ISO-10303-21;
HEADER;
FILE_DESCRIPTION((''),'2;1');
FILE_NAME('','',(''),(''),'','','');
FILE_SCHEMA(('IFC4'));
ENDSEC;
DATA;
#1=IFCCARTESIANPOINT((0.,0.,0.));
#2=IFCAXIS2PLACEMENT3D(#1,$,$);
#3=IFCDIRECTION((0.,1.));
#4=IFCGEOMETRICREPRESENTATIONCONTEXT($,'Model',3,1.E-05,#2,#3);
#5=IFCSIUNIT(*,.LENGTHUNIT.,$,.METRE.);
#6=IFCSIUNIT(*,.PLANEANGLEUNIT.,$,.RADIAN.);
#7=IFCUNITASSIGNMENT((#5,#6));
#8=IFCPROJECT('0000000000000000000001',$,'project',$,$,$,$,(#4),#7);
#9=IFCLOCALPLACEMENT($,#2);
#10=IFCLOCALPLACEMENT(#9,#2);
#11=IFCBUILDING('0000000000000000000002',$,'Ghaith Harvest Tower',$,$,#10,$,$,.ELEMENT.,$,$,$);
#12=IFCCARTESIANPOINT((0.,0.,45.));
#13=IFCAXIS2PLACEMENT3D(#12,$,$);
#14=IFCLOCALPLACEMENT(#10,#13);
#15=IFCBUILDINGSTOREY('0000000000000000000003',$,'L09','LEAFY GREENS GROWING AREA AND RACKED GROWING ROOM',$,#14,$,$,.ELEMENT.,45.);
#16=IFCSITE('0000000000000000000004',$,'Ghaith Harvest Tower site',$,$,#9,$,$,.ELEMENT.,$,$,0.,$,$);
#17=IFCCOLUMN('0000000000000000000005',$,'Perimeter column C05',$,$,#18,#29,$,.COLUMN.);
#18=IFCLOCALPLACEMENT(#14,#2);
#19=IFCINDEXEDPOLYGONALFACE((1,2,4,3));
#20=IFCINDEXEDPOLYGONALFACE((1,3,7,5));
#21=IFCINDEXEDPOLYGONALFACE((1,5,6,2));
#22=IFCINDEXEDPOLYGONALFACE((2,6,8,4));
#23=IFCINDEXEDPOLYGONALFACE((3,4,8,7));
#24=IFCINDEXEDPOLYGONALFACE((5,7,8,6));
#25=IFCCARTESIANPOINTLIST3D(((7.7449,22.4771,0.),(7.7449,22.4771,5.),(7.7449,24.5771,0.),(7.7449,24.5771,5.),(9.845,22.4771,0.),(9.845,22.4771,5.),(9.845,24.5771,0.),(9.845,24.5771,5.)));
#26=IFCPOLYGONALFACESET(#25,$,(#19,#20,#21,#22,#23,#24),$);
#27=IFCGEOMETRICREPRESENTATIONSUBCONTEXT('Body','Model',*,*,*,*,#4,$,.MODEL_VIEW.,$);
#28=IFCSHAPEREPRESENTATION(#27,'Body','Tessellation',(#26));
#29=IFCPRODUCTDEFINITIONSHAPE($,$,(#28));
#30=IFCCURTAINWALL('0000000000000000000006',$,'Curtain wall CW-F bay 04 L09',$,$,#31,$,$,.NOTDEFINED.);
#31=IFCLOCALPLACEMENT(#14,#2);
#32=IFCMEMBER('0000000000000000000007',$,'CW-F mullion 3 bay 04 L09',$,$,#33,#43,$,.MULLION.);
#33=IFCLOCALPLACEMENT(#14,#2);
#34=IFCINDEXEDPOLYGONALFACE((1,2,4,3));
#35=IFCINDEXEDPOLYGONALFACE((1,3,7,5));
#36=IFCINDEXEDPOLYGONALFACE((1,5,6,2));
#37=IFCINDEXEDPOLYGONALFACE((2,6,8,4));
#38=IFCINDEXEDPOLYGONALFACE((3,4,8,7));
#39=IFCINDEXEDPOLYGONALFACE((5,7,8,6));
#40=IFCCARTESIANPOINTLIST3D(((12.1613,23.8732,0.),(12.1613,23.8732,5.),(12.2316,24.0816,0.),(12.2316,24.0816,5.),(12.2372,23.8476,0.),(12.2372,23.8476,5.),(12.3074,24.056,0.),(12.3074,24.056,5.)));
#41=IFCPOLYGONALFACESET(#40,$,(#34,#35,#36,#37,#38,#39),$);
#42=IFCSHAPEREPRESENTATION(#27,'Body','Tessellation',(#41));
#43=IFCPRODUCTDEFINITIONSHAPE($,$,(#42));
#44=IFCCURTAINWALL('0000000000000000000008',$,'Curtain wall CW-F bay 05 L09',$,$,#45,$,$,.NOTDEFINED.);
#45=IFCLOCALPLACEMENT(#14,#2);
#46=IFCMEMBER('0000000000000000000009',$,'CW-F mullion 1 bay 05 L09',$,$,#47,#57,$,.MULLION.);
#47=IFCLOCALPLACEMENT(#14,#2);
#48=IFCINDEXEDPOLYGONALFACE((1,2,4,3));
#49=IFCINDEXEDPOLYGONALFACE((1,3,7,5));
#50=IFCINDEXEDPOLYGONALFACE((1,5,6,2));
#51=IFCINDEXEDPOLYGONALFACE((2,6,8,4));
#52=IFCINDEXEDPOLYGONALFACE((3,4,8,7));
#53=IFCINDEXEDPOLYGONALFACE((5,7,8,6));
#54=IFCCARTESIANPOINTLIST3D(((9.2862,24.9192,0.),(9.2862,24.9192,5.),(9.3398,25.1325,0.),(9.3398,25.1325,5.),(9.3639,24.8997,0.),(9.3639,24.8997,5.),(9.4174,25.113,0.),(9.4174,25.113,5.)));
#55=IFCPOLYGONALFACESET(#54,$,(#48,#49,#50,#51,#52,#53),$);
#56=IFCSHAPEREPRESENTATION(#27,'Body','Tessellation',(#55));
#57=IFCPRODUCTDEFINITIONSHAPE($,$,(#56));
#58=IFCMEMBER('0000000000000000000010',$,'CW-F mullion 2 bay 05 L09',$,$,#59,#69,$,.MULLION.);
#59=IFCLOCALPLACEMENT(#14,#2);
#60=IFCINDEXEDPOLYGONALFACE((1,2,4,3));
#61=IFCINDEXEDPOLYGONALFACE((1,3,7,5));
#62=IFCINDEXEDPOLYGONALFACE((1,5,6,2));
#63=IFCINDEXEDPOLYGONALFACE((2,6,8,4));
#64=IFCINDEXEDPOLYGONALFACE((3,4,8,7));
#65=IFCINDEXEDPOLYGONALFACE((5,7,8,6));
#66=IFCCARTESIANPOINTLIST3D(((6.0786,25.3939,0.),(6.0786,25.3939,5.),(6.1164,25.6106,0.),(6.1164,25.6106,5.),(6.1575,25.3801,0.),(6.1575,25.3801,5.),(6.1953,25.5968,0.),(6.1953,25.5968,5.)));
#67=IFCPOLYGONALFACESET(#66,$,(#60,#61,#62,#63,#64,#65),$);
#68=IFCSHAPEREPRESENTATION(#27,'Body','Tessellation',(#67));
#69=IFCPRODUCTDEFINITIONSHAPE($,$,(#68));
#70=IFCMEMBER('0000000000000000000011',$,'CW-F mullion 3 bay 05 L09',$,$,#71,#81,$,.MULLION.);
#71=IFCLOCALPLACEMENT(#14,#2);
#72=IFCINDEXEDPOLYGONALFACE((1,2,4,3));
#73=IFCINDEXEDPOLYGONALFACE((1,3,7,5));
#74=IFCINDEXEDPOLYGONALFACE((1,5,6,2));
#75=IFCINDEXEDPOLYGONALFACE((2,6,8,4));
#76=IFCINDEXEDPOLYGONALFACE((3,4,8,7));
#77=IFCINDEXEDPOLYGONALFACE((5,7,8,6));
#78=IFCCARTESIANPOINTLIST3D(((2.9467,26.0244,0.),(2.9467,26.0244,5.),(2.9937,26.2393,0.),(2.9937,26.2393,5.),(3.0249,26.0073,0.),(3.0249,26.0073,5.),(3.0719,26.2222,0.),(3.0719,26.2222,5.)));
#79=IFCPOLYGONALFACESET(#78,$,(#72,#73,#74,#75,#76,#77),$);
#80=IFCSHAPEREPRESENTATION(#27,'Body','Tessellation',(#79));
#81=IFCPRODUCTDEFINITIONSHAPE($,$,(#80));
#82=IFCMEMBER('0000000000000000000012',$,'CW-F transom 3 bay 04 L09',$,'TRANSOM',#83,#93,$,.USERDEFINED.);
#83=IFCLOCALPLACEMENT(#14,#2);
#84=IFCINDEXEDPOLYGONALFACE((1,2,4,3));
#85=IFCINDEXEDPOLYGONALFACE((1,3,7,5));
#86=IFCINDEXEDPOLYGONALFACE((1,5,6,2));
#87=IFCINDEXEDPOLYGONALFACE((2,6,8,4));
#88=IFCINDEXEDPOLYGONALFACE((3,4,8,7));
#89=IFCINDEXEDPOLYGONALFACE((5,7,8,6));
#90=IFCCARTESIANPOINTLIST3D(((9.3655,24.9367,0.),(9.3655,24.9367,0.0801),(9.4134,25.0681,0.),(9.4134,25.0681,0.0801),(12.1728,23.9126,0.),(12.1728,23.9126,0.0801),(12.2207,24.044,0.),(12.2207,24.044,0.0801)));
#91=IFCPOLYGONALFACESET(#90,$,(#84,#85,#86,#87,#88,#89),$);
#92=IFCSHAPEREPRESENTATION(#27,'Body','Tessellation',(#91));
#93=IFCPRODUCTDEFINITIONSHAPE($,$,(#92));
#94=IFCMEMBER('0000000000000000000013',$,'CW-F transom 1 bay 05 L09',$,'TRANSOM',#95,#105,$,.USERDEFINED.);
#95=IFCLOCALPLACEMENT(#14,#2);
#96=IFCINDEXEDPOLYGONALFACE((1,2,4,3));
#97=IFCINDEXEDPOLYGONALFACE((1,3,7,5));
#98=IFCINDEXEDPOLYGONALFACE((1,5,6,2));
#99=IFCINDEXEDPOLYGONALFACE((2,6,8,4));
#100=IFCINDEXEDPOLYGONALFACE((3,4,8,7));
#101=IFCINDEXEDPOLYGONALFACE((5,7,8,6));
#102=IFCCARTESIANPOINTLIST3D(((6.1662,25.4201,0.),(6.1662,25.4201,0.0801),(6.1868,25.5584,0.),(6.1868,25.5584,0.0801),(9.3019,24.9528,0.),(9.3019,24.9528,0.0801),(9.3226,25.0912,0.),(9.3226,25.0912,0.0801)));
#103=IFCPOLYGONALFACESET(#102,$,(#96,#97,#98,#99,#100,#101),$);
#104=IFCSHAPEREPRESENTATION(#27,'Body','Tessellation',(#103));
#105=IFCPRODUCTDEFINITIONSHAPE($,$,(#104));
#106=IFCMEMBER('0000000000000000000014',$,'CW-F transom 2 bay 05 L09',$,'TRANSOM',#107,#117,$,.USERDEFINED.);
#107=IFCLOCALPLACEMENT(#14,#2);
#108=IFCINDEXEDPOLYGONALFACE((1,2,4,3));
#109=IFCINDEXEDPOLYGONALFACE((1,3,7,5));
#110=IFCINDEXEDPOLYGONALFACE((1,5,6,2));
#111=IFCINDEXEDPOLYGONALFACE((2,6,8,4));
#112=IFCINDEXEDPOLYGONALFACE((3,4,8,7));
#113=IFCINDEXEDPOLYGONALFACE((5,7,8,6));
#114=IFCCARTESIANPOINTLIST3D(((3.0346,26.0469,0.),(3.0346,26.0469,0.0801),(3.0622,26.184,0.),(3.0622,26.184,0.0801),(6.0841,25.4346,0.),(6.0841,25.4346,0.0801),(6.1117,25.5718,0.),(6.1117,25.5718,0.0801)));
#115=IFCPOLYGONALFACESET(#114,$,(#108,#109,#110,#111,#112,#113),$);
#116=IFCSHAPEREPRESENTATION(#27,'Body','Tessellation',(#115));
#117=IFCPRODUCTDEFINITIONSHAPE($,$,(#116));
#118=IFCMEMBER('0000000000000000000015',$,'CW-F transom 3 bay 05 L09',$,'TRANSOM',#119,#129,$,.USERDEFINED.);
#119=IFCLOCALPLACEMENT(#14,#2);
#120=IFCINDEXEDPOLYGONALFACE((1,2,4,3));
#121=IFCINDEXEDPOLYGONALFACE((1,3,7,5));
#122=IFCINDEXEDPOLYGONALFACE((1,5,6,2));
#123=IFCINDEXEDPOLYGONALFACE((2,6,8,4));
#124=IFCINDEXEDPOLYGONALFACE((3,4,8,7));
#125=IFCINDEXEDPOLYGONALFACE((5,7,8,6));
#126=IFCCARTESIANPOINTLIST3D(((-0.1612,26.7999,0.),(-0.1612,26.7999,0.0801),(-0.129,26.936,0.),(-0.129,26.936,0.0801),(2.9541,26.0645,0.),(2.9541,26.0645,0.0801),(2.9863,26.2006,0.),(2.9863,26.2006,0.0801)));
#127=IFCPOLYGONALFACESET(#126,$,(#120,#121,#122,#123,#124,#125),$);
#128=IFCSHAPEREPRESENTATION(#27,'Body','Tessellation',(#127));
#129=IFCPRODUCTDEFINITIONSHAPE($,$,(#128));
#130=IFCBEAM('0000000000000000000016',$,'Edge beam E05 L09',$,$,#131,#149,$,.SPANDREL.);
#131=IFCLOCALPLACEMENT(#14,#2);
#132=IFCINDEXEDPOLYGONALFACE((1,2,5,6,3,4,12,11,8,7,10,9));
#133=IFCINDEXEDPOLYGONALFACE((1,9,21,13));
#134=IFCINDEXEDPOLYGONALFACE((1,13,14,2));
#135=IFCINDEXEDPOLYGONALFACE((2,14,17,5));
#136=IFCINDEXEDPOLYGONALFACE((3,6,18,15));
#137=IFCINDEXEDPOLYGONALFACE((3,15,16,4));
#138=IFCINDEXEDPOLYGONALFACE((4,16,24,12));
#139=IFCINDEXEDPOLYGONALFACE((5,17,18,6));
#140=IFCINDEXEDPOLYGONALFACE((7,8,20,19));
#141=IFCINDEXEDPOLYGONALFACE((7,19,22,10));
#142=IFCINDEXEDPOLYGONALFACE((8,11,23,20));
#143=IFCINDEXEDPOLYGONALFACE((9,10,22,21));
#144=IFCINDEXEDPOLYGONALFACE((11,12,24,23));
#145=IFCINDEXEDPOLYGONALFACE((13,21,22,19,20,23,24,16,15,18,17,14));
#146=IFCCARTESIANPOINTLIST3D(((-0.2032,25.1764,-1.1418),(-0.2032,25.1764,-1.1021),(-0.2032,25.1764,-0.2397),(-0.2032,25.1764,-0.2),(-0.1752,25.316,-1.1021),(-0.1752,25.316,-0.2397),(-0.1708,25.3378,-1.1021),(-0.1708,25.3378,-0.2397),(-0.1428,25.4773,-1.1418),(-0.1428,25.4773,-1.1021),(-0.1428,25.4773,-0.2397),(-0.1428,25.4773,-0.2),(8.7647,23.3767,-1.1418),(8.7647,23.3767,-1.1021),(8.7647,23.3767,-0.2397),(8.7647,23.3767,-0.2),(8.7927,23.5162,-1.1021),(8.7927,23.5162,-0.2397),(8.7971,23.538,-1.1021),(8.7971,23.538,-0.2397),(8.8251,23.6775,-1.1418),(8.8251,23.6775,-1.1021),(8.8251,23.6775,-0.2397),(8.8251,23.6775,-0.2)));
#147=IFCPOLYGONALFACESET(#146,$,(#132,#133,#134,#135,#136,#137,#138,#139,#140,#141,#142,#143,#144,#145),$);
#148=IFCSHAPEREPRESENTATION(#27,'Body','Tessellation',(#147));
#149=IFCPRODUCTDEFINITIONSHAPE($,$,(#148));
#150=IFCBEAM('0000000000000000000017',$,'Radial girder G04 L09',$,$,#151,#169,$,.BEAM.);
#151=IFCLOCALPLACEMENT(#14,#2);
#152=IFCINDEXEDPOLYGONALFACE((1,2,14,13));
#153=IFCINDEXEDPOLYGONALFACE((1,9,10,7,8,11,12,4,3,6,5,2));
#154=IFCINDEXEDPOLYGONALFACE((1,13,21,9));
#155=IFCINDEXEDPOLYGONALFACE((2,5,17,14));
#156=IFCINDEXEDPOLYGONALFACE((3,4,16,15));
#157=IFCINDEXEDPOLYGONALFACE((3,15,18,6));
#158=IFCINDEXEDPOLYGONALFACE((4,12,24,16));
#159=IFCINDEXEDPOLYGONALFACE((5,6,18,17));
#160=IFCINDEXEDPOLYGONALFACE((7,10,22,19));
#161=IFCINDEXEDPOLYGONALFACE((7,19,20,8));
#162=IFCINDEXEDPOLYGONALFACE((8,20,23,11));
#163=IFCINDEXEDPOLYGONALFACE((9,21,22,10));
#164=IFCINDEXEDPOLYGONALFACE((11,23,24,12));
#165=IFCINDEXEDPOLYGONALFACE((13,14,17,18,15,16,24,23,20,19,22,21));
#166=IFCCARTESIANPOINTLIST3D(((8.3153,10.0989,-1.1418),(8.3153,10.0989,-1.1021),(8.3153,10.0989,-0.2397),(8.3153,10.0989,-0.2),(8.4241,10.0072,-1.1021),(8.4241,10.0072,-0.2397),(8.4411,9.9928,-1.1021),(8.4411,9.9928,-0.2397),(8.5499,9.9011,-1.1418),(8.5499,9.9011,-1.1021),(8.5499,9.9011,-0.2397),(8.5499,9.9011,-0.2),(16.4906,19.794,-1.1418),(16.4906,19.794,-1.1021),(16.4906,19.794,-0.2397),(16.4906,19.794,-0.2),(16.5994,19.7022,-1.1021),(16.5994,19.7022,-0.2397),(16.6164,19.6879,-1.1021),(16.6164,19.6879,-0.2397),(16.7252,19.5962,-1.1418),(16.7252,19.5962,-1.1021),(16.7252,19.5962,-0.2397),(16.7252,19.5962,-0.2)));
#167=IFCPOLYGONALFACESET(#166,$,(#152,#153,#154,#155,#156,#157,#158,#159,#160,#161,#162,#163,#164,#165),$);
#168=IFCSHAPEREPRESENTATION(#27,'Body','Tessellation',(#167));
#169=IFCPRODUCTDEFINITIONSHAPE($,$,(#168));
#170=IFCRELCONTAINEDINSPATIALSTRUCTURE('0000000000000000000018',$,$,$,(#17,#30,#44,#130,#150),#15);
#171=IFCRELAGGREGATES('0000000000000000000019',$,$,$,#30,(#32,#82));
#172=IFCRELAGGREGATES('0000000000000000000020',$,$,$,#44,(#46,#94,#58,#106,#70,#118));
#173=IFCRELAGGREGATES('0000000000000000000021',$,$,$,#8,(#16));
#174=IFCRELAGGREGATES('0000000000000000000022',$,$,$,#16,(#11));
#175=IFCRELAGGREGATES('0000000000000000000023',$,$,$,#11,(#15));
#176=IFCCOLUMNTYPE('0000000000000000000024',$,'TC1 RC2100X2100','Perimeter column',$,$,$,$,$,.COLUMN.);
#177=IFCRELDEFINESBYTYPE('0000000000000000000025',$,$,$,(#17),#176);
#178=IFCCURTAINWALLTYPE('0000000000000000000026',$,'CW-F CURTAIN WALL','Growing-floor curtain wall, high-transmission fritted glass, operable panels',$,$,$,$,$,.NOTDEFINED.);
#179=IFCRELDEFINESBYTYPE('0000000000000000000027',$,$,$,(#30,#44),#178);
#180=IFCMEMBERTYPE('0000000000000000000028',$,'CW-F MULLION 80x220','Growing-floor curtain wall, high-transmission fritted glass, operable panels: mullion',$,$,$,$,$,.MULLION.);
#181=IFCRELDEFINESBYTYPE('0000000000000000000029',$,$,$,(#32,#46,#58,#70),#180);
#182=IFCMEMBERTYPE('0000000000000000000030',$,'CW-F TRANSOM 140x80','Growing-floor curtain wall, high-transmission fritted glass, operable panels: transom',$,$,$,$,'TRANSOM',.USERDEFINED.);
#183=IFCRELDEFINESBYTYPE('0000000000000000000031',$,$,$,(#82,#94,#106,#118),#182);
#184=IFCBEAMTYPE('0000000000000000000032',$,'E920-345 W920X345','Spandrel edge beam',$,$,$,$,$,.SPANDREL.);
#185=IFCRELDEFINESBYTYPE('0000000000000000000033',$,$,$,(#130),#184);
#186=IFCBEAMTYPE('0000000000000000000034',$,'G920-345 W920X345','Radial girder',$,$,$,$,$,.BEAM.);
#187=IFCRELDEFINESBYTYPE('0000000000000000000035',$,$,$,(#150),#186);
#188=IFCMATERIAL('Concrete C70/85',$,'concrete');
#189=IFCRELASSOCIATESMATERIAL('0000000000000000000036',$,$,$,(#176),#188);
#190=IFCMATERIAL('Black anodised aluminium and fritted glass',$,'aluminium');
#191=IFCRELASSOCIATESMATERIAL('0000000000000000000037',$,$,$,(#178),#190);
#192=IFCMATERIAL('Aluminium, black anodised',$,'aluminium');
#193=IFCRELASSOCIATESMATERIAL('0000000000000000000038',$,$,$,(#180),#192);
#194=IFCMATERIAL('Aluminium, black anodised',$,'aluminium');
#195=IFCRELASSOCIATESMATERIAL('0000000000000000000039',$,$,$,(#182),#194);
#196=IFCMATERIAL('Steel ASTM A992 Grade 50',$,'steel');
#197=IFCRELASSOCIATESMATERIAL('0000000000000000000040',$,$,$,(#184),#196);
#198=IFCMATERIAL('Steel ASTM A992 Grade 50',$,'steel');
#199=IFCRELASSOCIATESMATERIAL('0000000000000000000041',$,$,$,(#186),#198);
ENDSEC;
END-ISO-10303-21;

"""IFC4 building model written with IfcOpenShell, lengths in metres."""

from ifc_helpers import new_model, si_unit, direction, frame, origin, origin_2d, place, context, subcontext, project, spatial, rectangle, i_section, extrude, material, material_profile, profile_set, type_object, element, aggregate, save


model = new_model("IFC4")

# Units and contexts
model_context = context("Model", 3, precision=1e-05, world=origin(), true_north=direction((0.0, 1.0)))
body_context = subcontext(model_context, "Body", "Model", "MODEL_VIEW")
ifc_project = project(units=[si_unit("LENGTHUNIT", "METRE"), si_unit("PLANEANGLEUNIT", "RADIAN")], contexts=[model_context])

# Site, building, storey
site_placement = place(None, origin())
site = spatial("IfcSite", under=ifc_project, at=site_placement, Name="Ghaith Harvest Tower site", CompositionType="ELEMENT", RefElevation=0.0)
building_placement = place(site_placement, origin())
building = spatial("IfcBuilding", under=site, at=building_placement, Name="Ghaith Harvest Tower", CompositionType="ELEMENT")
storey_placement = place(building_placement, frame((0.0, 0.0, 45.0)))
storey = spatial("IfcBuildingStorey", under=building, at=storey_placement, Name="L09", Description="LEAFY GREENS GROWING AREA AND RACKED GROWING ROOM", CompositionType="ELEMENT", Elevation=45.0)

# Column
ifc_material_1 = material(Name="Concrete C70/85", Category="concrete")
ifc_material_profile_1 = material_profile(ifc_material_1, rectangle(XDim=2.1001, YDim=2.1001, at=origin_2d()), Name="RC2100X2100")
ifc_profile_set_1 = profile_set([ifc_material_profile_1], Name="Concrete C70/85")
column_type = type_object("IfcColumnType", Name="TC1 RC2100X2100", Description="Perimeter column", PredefinedType="COLUMN", material=ifc_profile_set_1)
column_placement = place(storey_placement, frame((8.7949, 23.5271, 0.0), z_axis=(0.0, 0.0, 1.0), x_axis=(1.0, 0.0, 0.0)))
element("IfcColumn", 1, at=column_placement, inside=storey, type_object=column_type, Name="Perimeter column C05", PredefinedType="COLUMN", context=body_context, shape_type="SweptSolid", body=[
    extrude(rectangle(XDim=2.1001, YDim=2.1001, at=origin_2d()), origin(), (0.0, 0.0, 1.0), 5.0),
])

# Curtain wall, member
ifc_material_2 = material(Name="Black anodised aluminium and fritted glass", Category="aluminium")
curtain_wall_type = type_object("IfcCurtainWallType", Name="CW-F CURTAIN WALL", Description="Growing-floor curtain wall, high-transmission fritted glass, operable panels", PredefinedType="NOTDEFINED", material=ifc_material_2)
curtain_wall_1_placement = place(storey_placement, origin())
curtain_wall_1 = element("IfcCurtainWall", 2, at=curtain_wall_1_placement, inside=storey, type_object=curtain_wall_type, Name="Curtain wall CW-F bay 04 L09", PredefinedType="NOTDEFINED")
ifc_material_3 = material(Name="Aluminium, black anodised", Category="aluminium")
ifc_material_profile_2 = material_profile(ifc_material_3, rectangle(XDim=0.0801, YDim=0.22, at=origin_2d()), Name="CW-F MULLION 80x220")
ifc_profile_set_2 = profile_set([ifc_material_profile_2], Name="Aluminium, black anodised")
member_type_1 = type_object("IfcMemberType", Name="CW-F MULLION 80x220", Description="Growing-floor curtain wall, high-transmission fritted glass, operable panels: mullion", PredefinedType="MULLION", material=ifc_profile_set_2)
member_1_placement = place(storey_placement, frame((12.2344, 23.9646, 0.0), z_axis=(0.0, 0.0, 1.0), x_axis=(-0.947653, 0.319301, 0.0)))
member_1 = element("IfcMember", 3, at=member_1_placement, type_object=member_type_1, Name="CW-F mullion 3 bay 04 L09", PredefinedType="MULLION", context=body_context, shape_type="SweptSolid", body=[
    extrude(rectangle(XDim=0.0801, YDim=0.22, at=origin_2d()), origin(), (0.0, 0.0, 1.0), 5.0),
])

# Curtain wall, members
curtain_wall_2_placement = place(storey_placement, origin())
curtain_wall_2 = element("IfcCurtainWall", 4, at=curtain_wall_2_placement, inside=storey, type_object=curtain_wall_type, Name="Curtain wall CW-F bay 05 L09", PredefinedType="NOTDEFINED")
member_2_placement = place(storey_placement, frame((9.3518, 25.0161, 0.0), z_axis=(0.0, 0.0, 1.0), x_axis=(-0.969903, 0.24349, 0.0)))
member_2 = element("IfcMember", 5, at=member_2_placement, type_object=member_type_1, Name="CW-F mullion 1 bay 05 L09", PredefinedType="MULLION", context=body_context, shape_type="SweptSolid", body=[
    extrude(rectangle(XDim=0.0801, YDim=0.22, at=origin_2d()), origin(), (0.0, 0.0, 1.0), 5.0),
])
member_3_placement = place(storey_placement, frame((6.137, 25.4954, 0.0), z_axis=(0.0, 0.0, 1.0), x_axis=(-0.985104, 0.171961, 0.0)))
member_3 = element("IfcMember", 6, at=member_3_placement, type_object=member_type_1, Name="CW-F mullion 2 bay 05 L09", PredefinedType="MULLION", context=body_context, shape_type="SweptSolid", body=[
    extrude(rectangle(XDim=0.0801, YDim=0.22, at=origin_2d()), origin(), (0.0, 0.0, 1.0), 5.0),
])
member_4_placement = place(storey_placement, frame((3.0093, 26.1233, 0.0), z_axis=(0.0, 0.0, 1.0), x_axis=(-0.976927, 0.213572, 0.0)))
member_4 = element("IfcMember", 7, at=member_4_placement, type_object=member_type_1, Name="CW-F mullion 3 bay 05 L09", PredefinedType="MULLION", context=body_context, shape_type="SweptSolid", body=[
    extrude(rectangle(XDim=0.0801, YDim=0.22, at=origin_2d()), origin(), (0.0, 0.0, 1.0), 5.0),
])

# Members
ifc_material_4 = material(Name="Aluminium, black anodised", Category="aluminium")
ifc_material_profile_3 = material_profile(ifc_material_4, rectangle(XDim=0.1399, YDim=0.0801, at=origin_2d()), Name="CW-F TRANSOM 140x80")
ifc_profile_set_3 = profile_set([ifc_material_profile_3], Name="Aluminium, black anodised")
member_type_2 = type_object("IfcMemberType", Name="CW-F TRANSOM 140x80", Description="Growing-floor curtain wall, high-transmission fritted glass, operable panels: transom", ElementType="TRANSOM", PredefinedType="USERDEFINED", material=ifc_profile_set_3)
member_5_placement = place(storey_placement, frame((12.1968, 23.9783, 0.04), z_axis=(-0.939438, 0.34272, 0.0), x_axis=(-0.34272, -0.939438, 0.0)))
member_5 = element("IfcMember", 8, at=member_5_placement, type_object=member_type_2, Name="CW-F transom 3 bay 04 L09", ObjectType="TRANSOM", PredefinedType="USERDEFINED", context=body_context, shape_type="SweptSolid", body=[
    extrude(rectangle(XDim=0.1399, YDim=0.0801, at=origin_2d()), origin(), (0.0, 0.0, 1.0), 2.9883),
])
member_6_placement = place(storey_placement, frame((9.3123, 25.022, 0.04), z_axis=(-0.989078, 0.147391, 0.0), x_axis=(-0.147391, -0.989078, 0.0)))
member_6 = element("IfcMember", 9, at=member_6_placement, type_object=member_type_2, Name="CW-F transom 1 bay 05 L09", ObjectType="TRANSOM", PredefinedType="USERDEFINED", context=body_context, shape_type="SweptSolid", body=[
    extrude(rectangle(XDim=0.1399, YDim=0.0801, at=origin_2d()), origin(), (0.0, 0.0, 1.0), 3.1704),
])
member_7_placement = place(storey_placement, frame((6.0979, 25.5032, 0.04), z_axis=(-0.980432, 0.196856, 0.0), x_axis=(-0.196856, -0.980432, 0.0)))
member_7 = element("IfcMember", 10, at=member_7_placement, type_object=member_type_2, Name="CW-F transom 2 bay 05 L09", ObjectType="TRANSOM", PredefinedType="USERDEFINED", context=body_context, shape_type="SweptSolid", body=[
    extrude(rectangle(XDim=0.1399, YDim=0.0801, at=origin_2d()), origin(), (0.0, 0.0, 1.0), 3.1104),
])
member_8_placement = place(storey_placement, frame((2.9702, 26.1326, 0.04), z_axis=(-0.973253, 0.229736, 0.0), x_axis=(-0.229736, -0.973253, 0.0)))
member_8 = element("IfcMember", 11, at=member_8_placement, type_object=member_type_2, Name="CW-F transom 3 bay 05 L09", ObjectType="TRANSOM", PredefinedType="USERDEFINED", context=body_context, shape_type="SweptSolid", body=[
    extrude(rectangle(XDim=0.1399, YDim=0.0801, at=origin_2d()), origin(), (0.0, 0.0, 1.0), 3.2009),
])

# Beams
ifc_material_5 = material(Name="Steel ASTM A992 Grade 50", Category="steel")
ifc_material_profile_4 = material_profile(ifc_material_5, i_section(OverallWidth=0.3069, OverallDepth=0.9419, WebThickness=0.0222, FlangeThickness=0.0398, at=origin_2d()), Name="W920X345")
ifc_profile_set_4 = profile_set([ifc_material_profile_4], Name="Steel ASTM A992 Grade 50")
beam_type_1 = type_object("IfcBeamType", Name="E920-345 W920X345", Description="Spandrel edge beam", PredefinedType="SPANDREL", material=ifc_profile_set_4)
beam_1_placement = place(storey_placement, frame((8.7949, 23.5271, -0.6709), z_axis=(-0.98045, 0.196768, 0.0), x_axis=(-0.196768, -0.98045, 0.0)))
element("IfcBeam", 12, at=beam_1_placement, inside=storey, type_object=beam_type_1, Name="Edge beam E05 L09", PredefinedType="SPANDREL", context=body_context, shape_type="SweptSolid", body=[
    extrude(i_section(OverallWidth=0.3069, OverallDepth=0.9419, WebThickness=0.0222, FlangeThickness=0.0398, at=origin_2d()), origin(), (0.0, 0.0, 1.0), 9.1467),
])
ifc_material_6 = material(Name="Steel ASTM A992 Grade 50", Category="steel")
ifc_material_profile_5 = material_profile(ifc_material_6, i_section(OverallWidth=0.3069, OverallDepth=0.9419, WebThickness=0.0222, FlangeThickness=0.0398, at=origin_2d()), Name="W920X345")
ifc_profile_set_5 = profile_set([ifc_material_profile_5], Name="Steel ASTM A992 Grade 50")
beam_type_2 = type_object("IfcBeamType", Name="G920-345 W920X345", Description="Radial girder", PredefinedType="BEAM", material=ifc_profile_set_5)
beam_2_placement = place(storey_placement, frame((8.4326, 10.0, -0.6709), z_axis=(0.644644, 0.764483, 0.0), x_axis=(-0.764483, 0.644644, 0.0)))
element("IfcBeam", 13, at=beam_2_placement, inside=storey, type_object=beam_type_2, Name="Radial girder G04 L09", PredefinedType="BEAM", context=body_context, shape_type="SweptSolid", body=[
    extrude(i_section(OverallWidth=0.3069, OverallDepth=0.9419, WebThickness=0.0222, FlangeThickness=0.0398, at=origin_2d()), origin(), (0.0, 0.0, 1.0), 12.6819),
])

aggregate(curtain_wall_1, [member_1, member_5])
aggregate(curtain_wall_2, [member_2, member_6, member_3, member_7, member_4, member_8])

save(model, "model.ifc")
